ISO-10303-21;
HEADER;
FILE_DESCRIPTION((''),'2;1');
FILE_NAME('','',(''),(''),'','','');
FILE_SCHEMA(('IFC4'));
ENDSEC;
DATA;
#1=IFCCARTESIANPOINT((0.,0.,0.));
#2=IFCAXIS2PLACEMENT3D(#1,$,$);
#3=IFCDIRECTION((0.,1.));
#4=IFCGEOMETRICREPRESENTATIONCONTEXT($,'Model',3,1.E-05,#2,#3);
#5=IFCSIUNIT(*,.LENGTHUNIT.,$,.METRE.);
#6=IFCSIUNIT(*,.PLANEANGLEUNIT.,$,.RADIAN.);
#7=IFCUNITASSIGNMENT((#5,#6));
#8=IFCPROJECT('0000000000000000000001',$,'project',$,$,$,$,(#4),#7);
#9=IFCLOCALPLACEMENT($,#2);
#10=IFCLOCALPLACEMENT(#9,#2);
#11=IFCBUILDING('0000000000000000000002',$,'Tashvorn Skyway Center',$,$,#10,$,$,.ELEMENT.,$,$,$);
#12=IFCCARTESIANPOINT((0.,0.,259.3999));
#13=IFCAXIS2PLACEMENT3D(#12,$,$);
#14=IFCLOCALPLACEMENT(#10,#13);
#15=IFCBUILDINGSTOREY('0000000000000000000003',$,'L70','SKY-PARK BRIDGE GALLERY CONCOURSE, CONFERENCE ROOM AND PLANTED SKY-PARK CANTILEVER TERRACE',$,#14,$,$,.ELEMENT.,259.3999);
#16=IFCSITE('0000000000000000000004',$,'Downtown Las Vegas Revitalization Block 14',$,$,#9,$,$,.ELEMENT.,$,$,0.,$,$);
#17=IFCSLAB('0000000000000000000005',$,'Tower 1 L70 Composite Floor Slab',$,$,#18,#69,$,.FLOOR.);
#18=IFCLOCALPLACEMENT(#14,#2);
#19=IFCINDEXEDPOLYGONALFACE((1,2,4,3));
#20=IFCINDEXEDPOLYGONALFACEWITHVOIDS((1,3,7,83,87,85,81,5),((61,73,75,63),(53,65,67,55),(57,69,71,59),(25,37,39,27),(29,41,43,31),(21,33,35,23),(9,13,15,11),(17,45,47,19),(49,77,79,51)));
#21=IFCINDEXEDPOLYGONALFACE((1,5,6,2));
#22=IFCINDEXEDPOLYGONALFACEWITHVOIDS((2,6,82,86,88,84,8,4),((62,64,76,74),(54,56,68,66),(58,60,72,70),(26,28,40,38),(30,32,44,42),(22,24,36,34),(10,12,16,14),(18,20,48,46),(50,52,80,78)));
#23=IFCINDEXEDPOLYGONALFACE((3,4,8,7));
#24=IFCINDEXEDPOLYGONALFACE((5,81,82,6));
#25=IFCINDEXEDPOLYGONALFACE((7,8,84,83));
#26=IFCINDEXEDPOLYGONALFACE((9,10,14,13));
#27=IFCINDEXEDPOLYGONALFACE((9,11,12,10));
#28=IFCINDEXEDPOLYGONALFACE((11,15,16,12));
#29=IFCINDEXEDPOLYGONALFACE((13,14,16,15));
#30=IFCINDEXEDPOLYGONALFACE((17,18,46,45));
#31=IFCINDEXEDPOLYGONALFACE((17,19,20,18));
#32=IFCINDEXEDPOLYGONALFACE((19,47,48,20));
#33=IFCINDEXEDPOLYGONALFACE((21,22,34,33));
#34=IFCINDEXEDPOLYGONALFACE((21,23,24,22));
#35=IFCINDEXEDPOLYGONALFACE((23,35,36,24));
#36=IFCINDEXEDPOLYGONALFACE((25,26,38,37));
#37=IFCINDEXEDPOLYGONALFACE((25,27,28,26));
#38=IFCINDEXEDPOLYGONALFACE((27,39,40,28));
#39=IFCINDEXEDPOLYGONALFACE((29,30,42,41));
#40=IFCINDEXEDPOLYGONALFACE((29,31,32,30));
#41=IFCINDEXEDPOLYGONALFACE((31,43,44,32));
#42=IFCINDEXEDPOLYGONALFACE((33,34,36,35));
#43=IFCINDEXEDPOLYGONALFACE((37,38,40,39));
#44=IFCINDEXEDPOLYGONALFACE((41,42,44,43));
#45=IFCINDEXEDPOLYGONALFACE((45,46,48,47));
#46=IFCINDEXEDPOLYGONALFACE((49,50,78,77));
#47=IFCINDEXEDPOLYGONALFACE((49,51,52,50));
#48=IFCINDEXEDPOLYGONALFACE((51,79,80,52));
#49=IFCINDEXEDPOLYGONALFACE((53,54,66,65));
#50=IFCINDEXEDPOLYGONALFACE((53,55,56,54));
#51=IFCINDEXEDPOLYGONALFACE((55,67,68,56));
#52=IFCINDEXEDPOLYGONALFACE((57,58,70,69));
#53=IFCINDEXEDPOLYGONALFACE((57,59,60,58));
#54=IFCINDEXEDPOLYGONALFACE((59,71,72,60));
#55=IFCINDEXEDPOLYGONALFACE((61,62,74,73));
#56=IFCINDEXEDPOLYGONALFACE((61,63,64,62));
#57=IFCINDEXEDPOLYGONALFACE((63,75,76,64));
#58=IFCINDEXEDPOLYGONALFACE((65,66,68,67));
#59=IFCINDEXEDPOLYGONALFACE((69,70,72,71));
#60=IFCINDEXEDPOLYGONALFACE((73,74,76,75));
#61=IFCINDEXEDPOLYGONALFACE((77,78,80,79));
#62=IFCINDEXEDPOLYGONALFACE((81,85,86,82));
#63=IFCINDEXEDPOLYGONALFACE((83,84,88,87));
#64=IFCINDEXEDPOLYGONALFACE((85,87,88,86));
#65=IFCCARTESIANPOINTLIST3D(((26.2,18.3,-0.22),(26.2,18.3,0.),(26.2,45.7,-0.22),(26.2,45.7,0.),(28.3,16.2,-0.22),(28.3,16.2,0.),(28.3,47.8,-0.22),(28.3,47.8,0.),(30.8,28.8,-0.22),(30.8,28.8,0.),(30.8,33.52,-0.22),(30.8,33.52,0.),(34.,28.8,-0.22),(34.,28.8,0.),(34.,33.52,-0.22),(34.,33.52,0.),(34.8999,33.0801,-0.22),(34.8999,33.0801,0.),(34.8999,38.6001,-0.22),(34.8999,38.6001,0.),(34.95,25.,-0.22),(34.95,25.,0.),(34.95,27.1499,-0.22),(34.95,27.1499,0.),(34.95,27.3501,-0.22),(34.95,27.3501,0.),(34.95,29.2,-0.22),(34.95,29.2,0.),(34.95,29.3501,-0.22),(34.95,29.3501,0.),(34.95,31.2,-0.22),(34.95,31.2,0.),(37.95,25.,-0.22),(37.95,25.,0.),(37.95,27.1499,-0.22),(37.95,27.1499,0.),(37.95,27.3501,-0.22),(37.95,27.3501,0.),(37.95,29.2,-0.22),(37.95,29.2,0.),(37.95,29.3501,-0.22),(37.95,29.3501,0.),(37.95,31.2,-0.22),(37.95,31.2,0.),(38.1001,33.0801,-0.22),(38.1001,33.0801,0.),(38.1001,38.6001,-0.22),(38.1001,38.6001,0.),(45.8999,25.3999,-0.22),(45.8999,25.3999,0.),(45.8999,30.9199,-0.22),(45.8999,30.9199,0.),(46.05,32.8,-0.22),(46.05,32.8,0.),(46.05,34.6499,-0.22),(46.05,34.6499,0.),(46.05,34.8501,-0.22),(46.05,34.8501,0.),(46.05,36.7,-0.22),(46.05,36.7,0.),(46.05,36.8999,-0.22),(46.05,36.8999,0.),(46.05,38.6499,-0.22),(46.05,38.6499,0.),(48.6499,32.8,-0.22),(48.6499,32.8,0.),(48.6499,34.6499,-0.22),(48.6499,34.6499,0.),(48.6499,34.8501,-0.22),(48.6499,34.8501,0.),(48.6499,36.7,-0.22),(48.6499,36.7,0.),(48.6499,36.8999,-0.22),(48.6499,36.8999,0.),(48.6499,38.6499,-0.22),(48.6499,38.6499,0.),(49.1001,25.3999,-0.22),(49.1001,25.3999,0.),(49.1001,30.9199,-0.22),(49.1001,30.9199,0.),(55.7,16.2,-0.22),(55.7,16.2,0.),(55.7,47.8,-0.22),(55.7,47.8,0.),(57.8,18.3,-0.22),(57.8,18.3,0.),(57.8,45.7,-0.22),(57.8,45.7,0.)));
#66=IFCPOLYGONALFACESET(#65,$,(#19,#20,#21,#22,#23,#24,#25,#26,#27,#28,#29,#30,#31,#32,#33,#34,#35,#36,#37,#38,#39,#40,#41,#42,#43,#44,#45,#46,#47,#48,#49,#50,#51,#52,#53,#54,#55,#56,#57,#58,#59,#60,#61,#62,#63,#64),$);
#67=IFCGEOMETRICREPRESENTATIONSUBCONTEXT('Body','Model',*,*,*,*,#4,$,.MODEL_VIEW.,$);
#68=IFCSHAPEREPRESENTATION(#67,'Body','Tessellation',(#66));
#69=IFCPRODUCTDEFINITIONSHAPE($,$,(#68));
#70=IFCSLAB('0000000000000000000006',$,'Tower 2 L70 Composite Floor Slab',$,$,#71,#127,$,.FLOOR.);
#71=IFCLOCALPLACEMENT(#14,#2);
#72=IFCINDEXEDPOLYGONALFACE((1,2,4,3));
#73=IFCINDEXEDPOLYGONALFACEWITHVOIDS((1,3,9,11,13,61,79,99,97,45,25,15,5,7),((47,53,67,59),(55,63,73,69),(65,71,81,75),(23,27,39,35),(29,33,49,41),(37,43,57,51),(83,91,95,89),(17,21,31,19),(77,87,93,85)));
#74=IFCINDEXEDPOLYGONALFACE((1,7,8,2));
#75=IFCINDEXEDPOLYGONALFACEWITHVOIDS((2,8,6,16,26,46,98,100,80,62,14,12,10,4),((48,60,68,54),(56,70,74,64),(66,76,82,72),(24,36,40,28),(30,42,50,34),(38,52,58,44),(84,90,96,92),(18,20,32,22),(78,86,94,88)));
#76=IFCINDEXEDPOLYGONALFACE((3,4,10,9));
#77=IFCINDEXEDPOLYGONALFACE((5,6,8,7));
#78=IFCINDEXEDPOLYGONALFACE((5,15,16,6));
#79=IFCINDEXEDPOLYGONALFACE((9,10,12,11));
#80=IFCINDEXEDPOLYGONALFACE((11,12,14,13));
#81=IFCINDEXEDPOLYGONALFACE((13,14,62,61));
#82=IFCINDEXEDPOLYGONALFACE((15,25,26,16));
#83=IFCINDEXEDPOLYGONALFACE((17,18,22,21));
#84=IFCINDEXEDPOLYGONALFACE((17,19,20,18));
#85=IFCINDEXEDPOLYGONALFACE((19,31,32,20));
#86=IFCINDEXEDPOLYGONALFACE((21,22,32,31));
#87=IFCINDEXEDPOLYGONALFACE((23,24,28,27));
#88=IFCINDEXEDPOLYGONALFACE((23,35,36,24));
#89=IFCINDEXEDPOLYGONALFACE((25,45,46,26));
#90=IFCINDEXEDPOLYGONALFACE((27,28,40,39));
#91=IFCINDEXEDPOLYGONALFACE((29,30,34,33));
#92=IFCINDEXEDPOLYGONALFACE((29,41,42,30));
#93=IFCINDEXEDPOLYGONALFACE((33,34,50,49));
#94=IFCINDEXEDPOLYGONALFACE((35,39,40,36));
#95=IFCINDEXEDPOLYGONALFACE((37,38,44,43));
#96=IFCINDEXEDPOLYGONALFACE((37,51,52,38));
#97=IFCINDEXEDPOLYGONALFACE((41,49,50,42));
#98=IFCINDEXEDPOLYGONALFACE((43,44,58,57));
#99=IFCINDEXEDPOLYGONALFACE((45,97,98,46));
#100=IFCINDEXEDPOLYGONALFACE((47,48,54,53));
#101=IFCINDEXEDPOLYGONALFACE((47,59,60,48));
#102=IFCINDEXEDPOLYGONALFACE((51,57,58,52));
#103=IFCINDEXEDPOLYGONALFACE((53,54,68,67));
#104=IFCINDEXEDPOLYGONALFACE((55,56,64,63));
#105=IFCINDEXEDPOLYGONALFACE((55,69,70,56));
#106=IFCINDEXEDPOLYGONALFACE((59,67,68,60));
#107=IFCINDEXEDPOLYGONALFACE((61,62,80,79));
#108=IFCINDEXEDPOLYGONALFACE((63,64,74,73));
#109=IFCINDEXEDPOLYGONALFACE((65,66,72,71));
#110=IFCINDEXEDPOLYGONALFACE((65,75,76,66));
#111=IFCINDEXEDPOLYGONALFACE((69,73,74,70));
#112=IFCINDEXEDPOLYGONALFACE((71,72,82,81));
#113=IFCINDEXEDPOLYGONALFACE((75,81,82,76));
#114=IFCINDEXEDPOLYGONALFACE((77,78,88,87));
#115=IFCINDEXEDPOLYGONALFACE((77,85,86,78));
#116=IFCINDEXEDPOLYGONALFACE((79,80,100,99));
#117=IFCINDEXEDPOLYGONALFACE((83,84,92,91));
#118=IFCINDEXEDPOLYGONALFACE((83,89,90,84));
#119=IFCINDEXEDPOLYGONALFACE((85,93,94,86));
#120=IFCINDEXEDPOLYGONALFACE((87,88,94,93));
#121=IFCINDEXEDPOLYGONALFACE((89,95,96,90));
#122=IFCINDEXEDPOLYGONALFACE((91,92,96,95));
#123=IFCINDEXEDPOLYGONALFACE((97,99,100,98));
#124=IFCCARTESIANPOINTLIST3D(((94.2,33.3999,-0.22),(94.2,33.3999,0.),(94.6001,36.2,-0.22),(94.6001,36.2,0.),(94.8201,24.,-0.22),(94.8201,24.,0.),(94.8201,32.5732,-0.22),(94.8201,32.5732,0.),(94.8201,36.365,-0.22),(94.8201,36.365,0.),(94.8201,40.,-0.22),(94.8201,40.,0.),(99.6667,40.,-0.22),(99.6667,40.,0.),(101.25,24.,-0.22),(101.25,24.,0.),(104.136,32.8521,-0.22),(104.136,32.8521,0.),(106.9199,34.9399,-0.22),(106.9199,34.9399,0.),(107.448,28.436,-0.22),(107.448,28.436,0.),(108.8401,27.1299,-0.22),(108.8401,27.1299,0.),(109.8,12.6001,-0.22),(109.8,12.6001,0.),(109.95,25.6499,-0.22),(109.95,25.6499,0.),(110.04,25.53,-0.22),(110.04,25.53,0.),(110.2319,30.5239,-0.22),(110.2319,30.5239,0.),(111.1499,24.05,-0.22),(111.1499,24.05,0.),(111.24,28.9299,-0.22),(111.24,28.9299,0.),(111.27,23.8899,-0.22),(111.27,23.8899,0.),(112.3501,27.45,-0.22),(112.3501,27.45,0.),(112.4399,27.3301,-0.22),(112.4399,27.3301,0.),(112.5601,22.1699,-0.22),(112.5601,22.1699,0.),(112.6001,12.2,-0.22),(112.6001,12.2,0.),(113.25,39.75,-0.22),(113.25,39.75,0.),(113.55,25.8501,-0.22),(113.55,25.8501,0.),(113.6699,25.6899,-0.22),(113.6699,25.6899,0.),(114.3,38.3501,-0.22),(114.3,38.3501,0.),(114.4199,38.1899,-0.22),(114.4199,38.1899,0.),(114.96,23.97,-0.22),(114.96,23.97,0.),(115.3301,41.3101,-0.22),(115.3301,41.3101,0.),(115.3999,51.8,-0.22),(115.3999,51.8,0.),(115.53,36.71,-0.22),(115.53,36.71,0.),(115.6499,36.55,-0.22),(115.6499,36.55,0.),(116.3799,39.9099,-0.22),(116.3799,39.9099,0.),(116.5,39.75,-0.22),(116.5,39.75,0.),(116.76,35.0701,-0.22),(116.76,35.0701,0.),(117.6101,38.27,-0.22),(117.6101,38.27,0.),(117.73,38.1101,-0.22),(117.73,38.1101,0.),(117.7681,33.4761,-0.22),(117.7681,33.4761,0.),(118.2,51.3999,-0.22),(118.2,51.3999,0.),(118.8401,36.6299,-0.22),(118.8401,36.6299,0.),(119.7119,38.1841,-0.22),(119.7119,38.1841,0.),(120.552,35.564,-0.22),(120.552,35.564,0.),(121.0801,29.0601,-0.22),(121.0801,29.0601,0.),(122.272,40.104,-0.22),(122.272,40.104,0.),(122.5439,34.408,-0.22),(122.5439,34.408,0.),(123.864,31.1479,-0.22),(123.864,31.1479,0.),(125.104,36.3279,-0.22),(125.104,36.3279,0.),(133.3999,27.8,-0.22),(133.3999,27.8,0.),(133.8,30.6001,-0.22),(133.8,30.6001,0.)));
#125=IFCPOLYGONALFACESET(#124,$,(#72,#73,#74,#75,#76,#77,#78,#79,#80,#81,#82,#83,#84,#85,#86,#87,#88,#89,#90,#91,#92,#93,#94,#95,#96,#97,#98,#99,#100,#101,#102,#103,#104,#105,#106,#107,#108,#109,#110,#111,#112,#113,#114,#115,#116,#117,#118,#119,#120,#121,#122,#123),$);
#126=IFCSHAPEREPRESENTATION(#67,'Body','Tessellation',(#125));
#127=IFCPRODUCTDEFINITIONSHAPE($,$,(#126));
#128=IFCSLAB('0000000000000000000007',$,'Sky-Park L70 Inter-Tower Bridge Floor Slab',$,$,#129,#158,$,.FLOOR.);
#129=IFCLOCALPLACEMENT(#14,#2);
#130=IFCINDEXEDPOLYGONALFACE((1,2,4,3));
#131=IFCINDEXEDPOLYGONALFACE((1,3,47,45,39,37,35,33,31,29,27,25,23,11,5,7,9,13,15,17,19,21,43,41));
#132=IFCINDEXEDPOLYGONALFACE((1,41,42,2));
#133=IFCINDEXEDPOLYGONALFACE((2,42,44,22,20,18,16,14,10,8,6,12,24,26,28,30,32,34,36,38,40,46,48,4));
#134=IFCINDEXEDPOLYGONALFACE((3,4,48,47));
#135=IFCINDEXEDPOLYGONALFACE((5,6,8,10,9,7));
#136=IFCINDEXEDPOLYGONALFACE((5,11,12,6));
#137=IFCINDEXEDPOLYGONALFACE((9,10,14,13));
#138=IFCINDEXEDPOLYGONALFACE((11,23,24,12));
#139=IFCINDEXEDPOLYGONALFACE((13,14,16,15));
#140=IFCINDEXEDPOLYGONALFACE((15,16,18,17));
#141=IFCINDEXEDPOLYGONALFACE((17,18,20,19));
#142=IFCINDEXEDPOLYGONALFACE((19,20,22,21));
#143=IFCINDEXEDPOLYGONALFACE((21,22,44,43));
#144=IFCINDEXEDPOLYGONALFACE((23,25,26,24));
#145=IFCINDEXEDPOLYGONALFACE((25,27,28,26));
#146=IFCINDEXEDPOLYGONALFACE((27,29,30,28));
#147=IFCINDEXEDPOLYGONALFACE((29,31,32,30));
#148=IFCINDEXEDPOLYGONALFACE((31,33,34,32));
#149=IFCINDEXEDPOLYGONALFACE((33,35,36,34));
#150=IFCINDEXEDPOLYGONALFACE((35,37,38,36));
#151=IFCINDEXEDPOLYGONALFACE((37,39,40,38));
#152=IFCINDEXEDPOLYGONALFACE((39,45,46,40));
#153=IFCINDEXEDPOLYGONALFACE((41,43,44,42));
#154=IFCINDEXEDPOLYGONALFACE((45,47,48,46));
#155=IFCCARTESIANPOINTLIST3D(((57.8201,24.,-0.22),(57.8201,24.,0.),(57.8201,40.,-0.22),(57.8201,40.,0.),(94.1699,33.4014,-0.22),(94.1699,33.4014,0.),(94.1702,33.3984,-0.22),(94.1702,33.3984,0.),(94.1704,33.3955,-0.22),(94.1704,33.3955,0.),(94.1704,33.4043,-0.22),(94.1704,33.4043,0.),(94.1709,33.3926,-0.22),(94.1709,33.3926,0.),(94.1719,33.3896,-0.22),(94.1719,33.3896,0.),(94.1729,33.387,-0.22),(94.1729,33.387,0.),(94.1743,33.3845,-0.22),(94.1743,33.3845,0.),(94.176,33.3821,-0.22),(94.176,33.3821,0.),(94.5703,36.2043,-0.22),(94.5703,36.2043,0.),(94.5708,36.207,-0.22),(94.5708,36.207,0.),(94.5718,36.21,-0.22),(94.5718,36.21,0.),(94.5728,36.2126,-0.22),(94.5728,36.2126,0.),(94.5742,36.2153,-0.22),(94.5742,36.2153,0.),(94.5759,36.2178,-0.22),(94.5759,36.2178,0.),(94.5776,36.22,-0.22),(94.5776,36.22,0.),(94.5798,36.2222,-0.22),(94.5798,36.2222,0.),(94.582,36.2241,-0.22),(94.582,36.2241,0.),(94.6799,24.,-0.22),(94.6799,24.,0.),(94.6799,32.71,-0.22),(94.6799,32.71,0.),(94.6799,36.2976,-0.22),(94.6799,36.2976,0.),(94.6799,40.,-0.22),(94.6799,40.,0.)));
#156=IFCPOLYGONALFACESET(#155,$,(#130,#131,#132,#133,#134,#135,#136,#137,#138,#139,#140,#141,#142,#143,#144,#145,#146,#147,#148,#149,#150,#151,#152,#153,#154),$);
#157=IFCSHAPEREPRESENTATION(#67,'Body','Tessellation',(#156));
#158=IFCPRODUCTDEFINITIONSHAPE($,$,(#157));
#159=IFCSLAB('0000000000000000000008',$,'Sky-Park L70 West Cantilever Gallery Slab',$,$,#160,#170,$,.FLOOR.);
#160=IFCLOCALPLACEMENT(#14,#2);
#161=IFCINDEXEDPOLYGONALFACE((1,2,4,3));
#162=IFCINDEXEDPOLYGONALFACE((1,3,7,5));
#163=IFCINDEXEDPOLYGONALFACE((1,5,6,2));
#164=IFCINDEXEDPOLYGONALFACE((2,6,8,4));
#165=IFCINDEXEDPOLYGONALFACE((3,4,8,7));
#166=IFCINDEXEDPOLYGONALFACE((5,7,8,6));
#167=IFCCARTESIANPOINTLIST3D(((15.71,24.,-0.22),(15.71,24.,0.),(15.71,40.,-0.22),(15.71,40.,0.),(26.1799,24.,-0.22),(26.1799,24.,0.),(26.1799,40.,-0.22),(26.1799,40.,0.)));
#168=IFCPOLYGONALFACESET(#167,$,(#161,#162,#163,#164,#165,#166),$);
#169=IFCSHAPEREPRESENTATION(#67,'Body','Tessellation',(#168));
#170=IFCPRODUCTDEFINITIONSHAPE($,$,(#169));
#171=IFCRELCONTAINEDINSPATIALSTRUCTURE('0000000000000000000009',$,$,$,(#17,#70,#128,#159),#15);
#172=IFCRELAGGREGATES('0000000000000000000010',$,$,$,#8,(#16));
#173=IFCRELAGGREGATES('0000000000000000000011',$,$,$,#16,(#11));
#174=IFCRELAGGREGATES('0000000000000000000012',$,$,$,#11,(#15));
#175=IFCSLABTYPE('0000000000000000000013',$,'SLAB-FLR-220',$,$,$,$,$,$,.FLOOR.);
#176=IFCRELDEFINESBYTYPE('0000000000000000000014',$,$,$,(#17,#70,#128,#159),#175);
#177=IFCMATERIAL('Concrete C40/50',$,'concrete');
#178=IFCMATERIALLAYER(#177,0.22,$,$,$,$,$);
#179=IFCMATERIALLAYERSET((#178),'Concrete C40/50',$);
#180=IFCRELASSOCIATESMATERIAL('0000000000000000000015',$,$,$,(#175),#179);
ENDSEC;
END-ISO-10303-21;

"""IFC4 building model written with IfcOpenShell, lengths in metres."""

from ifc_helpers import new_model, si_unit, direction, frame, origin, place, context, subcontext, project, spatial, polyline, outline, extrude, material, layer, layer_set, type_object, element, save


model = new_model("IFC4")

# Units and contexts
model_context = context("Model", 3, precision=1e-05, world=origin(), true_north=direction((0.0, 1.0)))
body_context = subcontext(model_context, "Body", "Model", "MODEL_VIEW")
ifc_project = project(units=[si_unit("LENGTHUNIT", "METRE"), si_unit("PLANEANGLEUNIT", "RADIAN")], contexts=[model_context])

# Site, building, storey
site_placement = place(None, origin())
site = spatial("IfcSite", under=ifc_project, at=site_placement, Name="Downtown Las Vegas Revitalization Block 14", CompositionType="ELEMENT", RefElevation=0.0)
building_placement = place(site_placement, origin())
building = spatial("IfcBuilding", under=site, at=building_placement, Name="Tashvorn Skyway Center", CompositionType="ELEMENT")
storey_placement = place(building_placement, frame((0.0, 0.0, 259.3999)))
storey = spatial("IfcBuildingStorey", under=building, at=storey_placement, Name="L70", Description="SKY-PARK BRIDGE GALLERY CONCOURSE, CONFERENCE ROOM AND PLANTED SKY-PARK CANTILEVER TERRACE", CompositionType="ELEMENT", Elevation=259.3999)

# Slabs
ifc_material_1 = material(Name="Concrete C40/50", Category="concrete")
ifc_layer_1 = layer(ifc_material_1, 0.22)
ifc_layer_set_1 = layer_set([ifc_layer_1], Name="Concrete C40/50")
slab_type_1 = type_object("IfcSlabType", Name="SLAB-FLR-220", PredefinedType="FLOOR", material=ifc_layer_set_1)
slab_1_placement = place(storey_placement, frame((0.0, 0.0, -0.22)))
element("IfcSlab", 1, at=slab_1_placement, inside=storey, type_object=slab_type_1, Name="Tower 1 L70 Composite Floor Slab", PredefinedType="FLOOR", context=body_context, shape_type="SweptSolid", body=[
    extrude(outline(polyline([(28.3, 16.2), (55.7, 16.2), (57.8, 18.3), (57.8, 45.7), (55.7, 47.8), (28.3, 47.8), (26.2, 45.7), (26.2, 18.3), (28.3, 16.2)]), holes=[polyline([(38.1001, 33.0801), (38.1001, 38.6001), (34.8999, 38.6001), (34.8999, 33.0801), (38.1001, 33.0801)]), polyline([(45.8999, 30.9199), (45.8999, 25.3999), (49.1001, 25.3999), (49.1001, 30.9199), (45.8999, 30.9199)]), polyline([(30.8, 33.52), (30.8, 28.8), (34.0, 28.8), (34.0, 33.52), (30.8, 33.52)]), polyline([(34.95, 29.3501), (37.95, 29.3501), (37.95, 31.2), (34.95, 31.2), (34.95, 29.3501)]), polyline([(34.95, 27.3501), (37.95, 27.3501), (37.95, 29.2), (34.95, 29.2), (34.95, 27.3501)]), polyline([(34.95, 25.0), (37.95, 25.0), (37.95, 27.1499), (34.95, 27.1499), (34.95, 25.0)]), polyline([(46.05, 32.8), (48.6499, 32.8), (48.6499, 34.6499), (46.05, 34.6499), (46.05, 32.8)]), polyline([(46.05, 34.8501), (48.6499, 34.8501), (48.6499, 36.7), (46.05, 36.7), (46.05, 34.8501)]), polyline([(46.05, 36.8999), (48.6499, 36.8999), (48.6499, 38.6499), (46.05, 38.6499), (46.05, 36.8999)])]), origin(), (0.0, 0.0, 1.0), 0.22),
])
slab_2_placement = place(storey_placement, frame((0.0, 0.0, -0.22)))
element("IfcSlab", 2, at=slab_2_placement, inside=storey, type_object=slab_type_1, Name="Tower 2 L70 Composite Floor Slab", PredefinedType="FLOOR", context=body_context, shape_type="SweptSolid", body=[
    extrude(outline(polyline([(115.3999, 51.8), (118.2, 51.3999), (133.8, 30.6001), (133.3999, 27.8), (112.6001, 12.2), (109.8, 12.6001), (101.25, 24.0), (94.8201, 24.0), (94.8201, 32.5732), (94.2, 33.3999), (94.6001, 36.2), (94.8201, 36.365), (94.8201, 40.0), (99.6667, 40.0), (115.3999, 51.8)]), holes=[polyline([(110.2319, 30.5239), (106.9199, 34.9399), (104.136, 32.8521), (107.448, 28.436), (110.2319, 30.5239)]), polyline([(117.7681, 33.4761), (121.0801, 29.0601), (123.864, 31.1479), (120.552, 35.564), (117.7681, 33.4761)]), polyline([(119.7119, 38.1841), (122.5439, 34.408), (125.104, 36.3279), (122.272, 40.104), (119.7119, 38.1841)]), polyline([(109.95, 25.6499), (112.3501, 27.45), (111.24, 28.9299), (108.8401, 27.1299), (109.95, 25.6499)]), polyline([(111.1499, 24.05), (113.55, 25.8501), (112.4399, 27.3301), (110.04, 25.53), (111.1499, 24.05)]), polyline([(112.5601, 22.1699), (114.96, 23.97), (113.6699, 25.6899), (111.27, 23.8899), (112.5601, 22.1699)]), polyline([(116.76, 35.0701), (118.8401, 36.6299), (117.73, 38.1101), (115.6499, 36.55), (116.76, 35.0701)]), polyline([(115.53, 36.71), (117.6101, 38.27), (116.5, 39.75), (114.4199, 38.1899), (115.53, 36.71)]), polyline([(114.3, 38.3501), (116.3799, 39.9099), (115.3301, 41.3101), (113.25, 39.75), (114.3, 38.3501)])]), origin(), (0.0, 0.0, 1.0), 0.22),
])
slab_3_placement = place(storey_placement, frame((0.0, 0.0, -0.22)))
element("IfcSlab", 3, at=slab_3_placement, inside=storey, type_object=slab_type_1, Name="Sky-Park L70 Inter-Tower Bridge Floor Slab", PredefinedType="FLOOR", context=body_context, shape_type="SweptSolid", body=[
    extrude(outline(polyline([(94.6799, 24.0), (57.8201, 24.0), (57.8201, 40.0), (94.6799, 40.0), (94.6799, 36.2976), (94.582, 36.2241), (94.5798, 36.2222), (94.5776, 36.22), (94.5759, 36.2178), (94.5742, 36.2153), (94.5728, 36.2126), (94.5718, 36.21), (94.5708, 36.207), (94.5703, 36.2043), (94.1704, 33.4043), (94.1699, 33.4014), (94.1702, 33.3984), (94.1704, 33.3955), (94.1709, 33.3926), (94.1719, 33.3896), (94.1729, 33.387), (94.1743, 33.3845), (94.176, 33.3821), (94.6799, 32.71), (94.6799, 24.0)])), origin(), (0.0, 0.0, 1.0), 0.22),
])
slab_4_placement = place(storey_placement, frame((0.0, 0.0, -0.22)))
element("IfcSlab", 4, at=slab_4_placement, inside=storey, type_object=slab_type_1, Name="Sky-Park L70 West Cantilever Gallery Slab", PredefinedType="FLOOR", context=body_context, shape_type="SweptSolid", body=[
    extrude(outline(polyline([(15.71, 24.0), (26.1799, 24.0), (26.1799, 40.0), (15.71, 40.0), (15.71, 24.0)])), origin(), (0.0, 0.0, 1.0), 0.22),
])

save(model, "model.ifc")
